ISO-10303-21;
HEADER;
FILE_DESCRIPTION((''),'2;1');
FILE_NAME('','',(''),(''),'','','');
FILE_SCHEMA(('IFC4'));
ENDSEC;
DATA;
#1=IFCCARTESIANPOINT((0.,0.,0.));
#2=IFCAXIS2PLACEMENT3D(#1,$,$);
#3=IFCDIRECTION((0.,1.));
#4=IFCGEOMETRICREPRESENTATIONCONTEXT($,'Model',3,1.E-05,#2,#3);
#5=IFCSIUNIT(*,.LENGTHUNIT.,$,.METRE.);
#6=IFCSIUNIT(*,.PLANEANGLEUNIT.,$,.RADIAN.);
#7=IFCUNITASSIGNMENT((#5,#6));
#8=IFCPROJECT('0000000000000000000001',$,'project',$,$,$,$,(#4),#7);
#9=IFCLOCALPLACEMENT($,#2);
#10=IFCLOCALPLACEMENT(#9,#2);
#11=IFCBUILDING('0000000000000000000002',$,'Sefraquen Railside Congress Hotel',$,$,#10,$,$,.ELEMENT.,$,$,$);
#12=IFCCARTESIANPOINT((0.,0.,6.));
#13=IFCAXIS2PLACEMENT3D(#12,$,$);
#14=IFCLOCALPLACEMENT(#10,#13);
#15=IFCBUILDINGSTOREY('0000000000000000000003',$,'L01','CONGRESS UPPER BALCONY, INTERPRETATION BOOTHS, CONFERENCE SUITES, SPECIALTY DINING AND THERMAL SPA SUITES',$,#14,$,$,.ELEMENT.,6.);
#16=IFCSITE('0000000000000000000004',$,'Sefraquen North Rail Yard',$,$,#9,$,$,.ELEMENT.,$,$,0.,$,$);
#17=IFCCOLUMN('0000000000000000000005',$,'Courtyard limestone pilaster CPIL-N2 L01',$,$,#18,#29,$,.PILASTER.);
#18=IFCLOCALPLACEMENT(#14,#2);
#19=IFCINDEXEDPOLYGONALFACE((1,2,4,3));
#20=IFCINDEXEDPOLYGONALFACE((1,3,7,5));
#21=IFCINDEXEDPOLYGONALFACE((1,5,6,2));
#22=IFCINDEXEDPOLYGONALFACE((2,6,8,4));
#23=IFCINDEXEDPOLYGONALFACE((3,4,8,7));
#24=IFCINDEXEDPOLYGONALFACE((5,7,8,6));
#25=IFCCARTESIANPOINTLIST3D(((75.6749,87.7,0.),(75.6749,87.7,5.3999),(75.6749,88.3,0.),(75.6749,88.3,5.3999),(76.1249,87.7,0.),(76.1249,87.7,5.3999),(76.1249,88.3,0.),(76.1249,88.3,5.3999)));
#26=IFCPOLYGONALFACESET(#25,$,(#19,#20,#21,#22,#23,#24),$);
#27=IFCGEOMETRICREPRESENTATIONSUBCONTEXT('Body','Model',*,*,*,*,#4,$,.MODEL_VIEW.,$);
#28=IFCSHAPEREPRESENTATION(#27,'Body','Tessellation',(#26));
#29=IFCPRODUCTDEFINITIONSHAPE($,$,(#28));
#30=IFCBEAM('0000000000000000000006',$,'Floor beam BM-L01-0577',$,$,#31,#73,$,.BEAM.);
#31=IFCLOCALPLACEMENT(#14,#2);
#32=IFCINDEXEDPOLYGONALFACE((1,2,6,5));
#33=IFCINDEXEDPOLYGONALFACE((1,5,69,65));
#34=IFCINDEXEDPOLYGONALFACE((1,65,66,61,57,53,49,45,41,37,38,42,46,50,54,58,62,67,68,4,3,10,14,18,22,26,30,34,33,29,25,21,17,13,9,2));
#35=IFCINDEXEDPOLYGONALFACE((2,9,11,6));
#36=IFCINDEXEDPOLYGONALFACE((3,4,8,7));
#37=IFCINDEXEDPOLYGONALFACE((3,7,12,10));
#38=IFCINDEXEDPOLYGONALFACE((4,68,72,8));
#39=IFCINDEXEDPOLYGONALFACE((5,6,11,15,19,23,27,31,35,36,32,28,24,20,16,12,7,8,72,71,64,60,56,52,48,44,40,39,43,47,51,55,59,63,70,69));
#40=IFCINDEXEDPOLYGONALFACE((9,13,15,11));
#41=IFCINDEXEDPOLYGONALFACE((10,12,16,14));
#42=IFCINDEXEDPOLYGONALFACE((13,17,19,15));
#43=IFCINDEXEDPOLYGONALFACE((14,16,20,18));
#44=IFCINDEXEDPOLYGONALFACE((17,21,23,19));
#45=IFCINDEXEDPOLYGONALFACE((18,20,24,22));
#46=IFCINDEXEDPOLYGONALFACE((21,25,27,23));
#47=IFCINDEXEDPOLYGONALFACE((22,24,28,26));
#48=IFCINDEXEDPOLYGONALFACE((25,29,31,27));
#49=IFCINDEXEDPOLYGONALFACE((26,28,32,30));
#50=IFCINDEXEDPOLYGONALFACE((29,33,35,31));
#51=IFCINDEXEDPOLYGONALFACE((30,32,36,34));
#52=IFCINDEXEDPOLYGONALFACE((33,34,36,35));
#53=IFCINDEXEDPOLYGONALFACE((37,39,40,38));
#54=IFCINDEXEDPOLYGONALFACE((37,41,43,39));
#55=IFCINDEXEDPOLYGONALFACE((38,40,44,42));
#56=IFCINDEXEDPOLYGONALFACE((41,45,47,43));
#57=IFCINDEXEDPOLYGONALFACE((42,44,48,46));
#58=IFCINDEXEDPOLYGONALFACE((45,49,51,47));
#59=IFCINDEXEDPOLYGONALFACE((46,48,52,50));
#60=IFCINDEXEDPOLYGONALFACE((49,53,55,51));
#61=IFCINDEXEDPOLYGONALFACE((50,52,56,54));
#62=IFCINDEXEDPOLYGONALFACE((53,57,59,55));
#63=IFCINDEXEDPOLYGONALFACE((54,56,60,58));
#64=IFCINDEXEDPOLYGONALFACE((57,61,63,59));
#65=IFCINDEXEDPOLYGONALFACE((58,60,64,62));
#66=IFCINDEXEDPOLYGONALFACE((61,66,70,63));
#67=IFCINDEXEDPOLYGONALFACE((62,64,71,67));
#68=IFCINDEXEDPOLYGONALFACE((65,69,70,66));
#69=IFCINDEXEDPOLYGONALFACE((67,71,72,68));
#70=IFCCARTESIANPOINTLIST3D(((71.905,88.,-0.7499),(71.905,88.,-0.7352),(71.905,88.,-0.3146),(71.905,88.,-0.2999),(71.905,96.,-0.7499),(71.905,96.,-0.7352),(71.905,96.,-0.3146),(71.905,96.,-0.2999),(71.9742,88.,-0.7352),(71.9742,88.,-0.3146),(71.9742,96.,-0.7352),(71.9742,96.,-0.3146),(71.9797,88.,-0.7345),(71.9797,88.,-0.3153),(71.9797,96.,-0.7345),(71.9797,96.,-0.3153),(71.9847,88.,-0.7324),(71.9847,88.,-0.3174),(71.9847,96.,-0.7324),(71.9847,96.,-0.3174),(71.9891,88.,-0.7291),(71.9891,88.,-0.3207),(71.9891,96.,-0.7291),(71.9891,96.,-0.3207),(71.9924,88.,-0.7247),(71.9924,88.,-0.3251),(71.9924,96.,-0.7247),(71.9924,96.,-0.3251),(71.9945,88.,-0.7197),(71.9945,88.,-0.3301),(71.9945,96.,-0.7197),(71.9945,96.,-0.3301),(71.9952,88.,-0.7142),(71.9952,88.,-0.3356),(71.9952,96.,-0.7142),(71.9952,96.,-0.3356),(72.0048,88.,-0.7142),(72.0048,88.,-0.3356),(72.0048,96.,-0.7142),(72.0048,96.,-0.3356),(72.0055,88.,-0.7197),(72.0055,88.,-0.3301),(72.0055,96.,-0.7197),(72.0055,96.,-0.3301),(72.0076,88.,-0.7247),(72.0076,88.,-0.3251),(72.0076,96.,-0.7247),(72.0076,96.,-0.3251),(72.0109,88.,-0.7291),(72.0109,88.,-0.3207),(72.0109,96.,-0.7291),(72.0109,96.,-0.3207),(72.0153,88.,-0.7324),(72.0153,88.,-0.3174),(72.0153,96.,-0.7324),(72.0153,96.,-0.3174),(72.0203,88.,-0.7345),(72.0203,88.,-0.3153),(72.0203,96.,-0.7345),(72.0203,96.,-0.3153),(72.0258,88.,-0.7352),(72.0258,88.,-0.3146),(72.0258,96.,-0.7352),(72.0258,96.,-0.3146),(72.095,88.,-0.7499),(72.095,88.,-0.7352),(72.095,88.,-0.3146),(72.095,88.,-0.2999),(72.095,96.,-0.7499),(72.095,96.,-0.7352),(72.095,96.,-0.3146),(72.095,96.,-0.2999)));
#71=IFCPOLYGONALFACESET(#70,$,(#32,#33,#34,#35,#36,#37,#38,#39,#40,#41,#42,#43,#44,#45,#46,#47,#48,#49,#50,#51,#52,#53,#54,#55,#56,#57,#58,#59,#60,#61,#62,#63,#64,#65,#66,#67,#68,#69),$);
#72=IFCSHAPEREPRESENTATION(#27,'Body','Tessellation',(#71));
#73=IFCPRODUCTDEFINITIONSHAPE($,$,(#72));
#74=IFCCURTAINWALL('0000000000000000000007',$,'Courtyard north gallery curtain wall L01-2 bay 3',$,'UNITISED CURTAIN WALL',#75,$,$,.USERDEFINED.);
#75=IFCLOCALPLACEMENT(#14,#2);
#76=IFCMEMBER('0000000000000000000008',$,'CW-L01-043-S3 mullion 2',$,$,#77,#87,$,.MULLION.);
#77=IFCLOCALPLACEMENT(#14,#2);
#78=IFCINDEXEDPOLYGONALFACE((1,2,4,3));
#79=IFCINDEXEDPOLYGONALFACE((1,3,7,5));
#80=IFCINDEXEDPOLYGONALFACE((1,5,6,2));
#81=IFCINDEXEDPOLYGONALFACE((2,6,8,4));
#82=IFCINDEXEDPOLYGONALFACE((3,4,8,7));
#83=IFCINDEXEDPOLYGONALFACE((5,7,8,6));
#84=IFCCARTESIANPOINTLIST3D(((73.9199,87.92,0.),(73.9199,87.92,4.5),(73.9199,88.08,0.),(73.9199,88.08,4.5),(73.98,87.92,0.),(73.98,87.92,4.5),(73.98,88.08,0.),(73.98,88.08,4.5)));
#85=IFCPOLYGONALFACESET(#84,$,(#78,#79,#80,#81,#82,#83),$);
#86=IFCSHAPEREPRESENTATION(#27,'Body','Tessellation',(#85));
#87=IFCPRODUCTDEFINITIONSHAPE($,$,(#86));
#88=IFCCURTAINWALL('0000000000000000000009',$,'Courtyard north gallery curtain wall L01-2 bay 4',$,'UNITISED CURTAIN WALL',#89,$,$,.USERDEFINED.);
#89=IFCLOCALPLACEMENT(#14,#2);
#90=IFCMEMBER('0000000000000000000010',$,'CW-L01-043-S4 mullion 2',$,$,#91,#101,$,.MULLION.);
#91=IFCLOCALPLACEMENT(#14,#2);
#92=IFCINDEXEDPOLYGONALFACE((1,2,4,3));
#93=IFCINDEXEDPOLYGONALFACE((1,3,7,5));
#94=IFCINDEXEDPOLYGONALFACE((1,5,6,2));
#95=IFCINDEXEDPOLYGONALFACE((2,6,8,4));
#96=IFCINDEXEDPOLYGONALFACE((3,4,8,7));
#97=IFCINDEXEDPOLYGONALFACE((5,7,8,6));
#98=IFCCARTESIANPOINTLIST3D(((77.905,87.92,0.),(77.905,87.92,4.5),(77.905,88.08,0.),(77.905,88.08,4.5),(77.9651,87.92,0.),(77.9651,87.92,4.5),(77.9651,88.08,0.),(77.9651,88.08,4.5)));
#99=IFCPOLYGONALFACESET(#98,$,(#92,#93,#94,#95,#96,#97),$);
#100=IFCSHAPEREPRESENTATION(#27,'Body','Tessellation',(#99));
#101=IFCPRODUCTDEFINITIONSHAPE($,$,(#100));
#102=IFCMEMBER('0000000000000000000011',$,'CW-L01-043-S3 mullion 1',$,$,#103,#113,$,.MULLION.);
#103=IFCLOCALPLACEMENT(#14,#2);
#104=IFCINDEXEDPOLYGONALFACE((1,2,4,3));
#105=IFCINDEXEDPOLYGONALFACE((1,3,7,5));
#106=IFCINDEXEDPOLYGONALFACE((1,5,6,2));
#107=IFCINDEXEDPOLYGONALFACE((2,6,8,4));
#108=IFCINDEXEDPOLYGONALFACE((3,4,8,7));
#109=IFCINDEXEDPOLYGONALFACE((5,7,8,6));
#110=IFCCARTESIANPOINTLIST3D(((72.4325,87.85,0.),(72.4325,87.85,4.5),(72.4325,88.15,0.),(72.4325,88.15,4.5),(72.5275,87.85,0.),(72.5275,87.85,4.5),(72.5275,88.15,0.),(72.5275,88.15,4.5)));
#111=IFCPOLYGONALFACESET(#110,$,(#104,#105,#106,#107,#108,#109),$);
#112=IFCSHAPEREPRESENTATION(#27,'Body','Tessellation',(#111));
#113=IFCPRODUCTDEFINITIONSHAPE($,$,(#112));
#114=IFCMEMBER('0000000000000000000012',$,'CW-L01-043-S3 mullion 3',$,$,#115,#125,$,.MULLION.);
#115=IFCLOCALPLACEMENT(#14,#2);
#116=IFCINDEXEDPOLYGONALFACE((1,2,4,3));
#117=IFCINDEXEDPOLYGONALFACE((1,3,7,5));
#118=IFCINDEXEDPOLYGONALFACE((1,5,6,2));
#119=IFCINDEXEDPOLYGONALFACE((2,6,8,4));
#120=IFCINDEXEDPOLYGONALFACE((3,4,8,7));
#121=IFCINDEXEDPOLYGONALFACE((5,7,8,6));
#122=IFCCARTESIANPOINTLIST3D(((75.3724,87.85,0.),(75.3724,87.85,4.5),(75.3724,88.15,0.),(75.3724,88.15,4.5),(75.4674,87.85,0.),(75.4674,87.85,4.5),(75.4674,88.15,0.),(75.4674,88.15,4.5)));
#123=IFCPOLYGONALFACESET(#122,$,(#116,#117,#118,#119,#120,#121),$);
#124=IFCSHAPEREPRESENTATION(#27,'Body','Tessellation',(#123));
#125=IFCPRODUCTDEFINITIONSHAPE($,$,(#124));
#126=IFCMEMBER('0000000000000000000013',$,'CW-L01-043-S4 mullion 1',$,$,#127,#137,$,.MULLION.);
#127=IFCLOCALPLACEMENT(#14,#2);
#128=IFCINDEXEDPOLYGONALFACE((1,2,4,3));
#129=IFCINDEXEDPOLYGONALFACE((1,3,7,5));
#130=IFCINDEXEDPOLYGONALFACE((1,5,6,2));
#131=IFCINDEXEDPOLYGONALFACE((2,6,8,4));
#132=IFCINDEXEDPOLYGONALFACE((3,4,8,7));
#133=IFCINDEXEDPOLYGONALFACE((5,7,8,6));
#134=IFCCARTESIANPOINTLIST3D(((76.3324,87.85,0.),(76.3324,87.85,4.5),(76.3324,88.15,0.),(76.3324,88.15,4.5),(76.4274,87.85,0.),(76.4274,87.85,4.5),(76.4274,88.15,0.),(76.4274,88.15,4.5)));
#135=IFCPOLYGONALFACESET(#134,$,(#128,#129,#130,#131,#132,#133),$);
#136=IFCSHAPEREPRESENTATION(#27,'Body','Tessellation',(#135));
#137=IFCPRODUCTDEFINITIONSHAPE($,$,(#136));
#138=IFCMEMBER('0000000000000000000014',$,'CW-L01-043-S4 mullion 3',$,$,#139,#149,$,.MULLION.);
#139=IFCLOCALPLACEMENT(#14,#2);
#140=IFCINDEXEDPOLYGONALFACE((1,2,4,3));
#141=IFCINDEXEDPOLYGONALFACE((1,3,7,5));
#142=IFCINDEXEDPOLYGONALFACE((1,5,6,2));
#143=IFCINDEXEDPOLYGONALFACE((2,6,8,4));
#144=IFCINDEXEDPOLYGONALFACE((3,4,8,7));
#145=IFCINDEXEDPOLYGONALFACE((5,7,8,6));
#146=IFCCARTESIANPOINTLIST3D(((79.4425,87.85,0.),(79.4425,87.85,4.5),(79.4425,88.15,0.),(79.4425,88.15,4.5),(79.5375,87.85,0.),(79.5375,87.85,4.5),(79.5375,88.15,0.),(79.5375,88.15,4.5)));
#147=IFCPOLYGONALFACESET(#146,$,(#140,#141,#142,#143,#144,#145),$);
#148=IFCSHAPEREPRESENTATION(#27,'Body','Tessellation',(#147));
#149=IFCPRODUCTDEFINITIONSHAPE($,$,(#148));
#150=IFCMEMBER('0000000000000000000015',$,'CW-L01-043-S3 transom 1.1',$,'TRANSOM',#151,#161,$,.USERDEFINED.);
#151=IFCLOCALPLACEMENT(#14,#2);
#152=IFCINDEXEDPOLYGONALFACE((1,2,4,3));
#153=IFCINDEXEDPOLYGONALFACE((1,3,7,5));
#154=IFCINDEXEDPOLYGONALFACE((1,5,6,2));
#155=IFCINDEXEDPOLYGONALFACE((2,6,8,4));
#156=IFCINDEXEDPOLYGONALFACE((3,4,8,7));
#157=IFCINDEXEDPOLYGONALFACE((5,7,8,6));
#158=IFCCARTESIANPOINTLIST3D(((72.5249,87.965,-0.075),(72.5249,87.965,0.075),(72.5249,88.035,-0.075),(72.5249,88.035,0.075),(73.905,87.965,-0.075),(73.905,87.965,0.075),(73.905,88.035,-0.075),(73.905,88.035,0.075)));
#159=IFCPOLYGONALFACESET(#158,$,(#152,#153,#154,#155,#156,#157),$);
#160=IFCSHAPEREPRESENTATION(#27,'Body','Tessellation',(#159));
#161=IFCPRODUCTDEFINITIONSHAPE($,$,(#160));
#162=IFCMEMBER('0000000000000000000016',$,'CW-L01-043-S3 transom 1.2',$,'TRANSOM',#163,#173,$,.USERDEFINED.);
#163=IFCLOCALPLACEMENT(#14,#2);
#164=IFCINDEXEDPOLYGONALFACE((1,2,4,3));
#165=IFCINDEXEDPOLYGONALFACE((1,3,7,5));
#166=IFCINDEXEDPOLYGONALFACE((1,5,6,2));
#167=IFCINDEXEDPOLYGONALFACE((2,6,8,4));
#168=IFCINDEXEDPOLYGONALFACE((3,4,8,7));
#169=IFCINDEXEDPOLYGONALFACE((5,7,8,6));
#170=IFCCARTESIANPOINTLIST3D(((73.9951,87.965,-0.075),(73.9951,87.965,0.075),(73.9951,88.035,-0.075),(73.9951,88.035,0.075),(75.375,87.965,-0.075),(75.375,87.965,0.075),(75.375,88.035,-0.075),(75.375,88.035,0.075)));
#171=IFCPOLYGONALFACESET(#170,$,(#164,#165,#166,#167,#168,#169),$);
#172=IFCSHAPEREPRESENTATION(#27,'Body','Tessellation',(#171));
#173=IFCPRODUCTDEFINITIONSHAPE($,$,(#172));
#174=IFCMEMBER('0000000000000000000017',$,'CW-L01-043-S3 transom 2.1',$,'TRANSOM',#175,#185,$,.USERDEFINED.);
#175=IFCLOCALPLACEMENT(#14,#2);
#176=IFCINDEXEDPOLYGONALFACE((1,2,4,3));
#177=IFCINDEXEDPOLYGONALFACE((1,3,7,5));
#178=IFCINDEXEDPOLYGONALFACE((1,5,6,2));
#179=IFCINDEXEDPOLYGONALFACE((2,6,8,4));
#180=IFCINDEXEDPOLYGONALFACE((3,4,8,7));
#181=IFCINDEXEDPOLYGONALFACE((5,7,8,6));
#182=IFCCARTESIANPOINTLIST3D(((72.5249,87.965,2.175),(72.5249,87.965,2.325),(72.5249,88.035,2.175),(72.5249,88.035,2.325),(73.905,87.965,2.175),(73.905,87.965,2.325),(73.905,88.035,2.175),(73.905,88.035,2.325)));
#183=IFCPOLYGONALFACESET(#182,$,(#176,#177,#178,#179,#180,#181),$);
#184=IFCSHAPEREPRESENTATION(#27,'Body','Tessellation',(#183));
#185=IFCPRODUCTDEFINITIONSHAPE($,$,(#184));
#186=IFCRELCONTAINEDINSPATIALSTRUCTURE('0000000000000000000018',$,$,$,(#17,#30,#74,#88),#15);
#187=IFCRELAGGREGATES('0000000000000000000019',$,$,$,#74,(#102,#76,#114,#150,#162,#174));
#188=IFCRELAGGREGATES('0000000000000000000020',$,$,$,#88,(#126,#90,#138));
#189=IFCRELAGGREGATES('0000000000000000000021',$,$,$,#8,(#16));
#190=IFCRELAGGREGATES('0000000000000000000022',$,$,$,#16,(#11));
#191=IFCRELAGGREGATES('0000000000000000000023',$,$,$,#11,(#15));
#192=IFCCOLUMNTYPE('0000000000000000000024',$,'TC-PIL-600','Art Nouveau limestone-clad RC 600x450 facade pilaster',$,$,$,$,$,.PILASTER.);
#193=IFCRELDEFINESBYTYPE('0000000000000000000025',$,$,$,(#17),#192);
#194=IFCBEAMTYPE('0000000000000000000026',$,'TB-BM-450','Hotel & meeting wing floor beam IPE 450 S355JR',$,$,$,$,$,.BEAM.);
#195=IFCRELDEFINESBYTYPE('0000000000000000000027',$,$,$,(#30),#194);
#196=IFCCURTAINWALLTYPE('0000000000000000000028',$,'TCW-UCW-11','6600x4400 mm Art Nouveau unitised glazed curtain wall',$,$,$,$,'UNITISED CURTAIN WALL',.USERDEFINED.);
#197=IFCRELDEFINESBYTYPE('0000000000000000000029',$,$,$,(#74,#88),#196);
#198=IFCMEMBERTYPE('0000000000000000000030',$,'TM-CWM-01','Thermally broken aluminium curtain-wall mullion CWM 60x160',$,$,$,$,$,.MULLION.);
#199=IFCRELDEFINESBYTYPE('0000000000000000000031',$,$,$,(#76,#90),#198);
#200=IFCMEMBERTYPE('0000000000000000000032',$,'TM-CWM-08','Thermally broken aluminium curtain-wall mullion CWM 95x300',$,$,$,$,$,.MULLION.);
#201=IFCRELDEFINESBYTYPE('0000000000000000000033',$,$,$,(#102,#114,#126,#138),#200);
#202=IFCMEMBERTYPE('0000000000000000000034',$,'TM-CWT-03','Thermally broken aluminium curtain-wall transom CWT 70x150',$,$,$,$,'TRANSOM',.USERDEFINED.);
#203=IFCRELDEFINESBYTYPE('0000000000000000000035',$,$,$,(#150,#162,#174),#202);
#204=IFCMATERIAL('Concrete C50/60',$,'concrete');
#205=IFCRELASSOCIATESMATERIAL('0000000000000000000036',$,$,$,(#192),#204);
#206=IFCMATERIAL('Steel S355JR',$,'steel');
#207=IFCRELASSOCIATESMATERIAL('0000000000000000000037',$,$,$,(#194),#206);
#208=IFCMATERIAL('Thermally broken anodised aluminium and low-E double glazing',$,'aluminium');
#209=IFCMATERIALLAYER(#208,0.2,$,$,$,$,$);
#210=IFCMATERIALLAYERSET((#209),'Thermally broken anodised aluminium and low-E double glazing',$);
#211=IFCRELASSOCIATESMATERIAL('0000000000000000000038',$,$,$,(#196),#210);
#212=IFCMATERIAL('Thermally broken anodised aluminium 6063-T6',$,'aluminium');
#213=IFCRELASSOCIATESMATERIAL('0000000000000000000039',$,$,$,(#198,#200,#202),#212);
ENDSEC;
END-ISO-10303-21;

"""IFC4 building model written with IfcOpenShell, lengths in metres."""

from ifc_helpers import new_model, si_unit, direction, frame, origin, origin_2d, place, context, subcontext, project, spatial, rectangle, i_section, extrude, material, layer, layer_set, material_profile, profile_set, type_object, element, aggregate, save


model = new_model("IFC4")

# Units and contexts
model_context = context("Model", 3, precision=1e-05, world=origin(), true_north=direction((0.0, 1.0)))
body_context = subcontext(model_context, "Body", "Model", "MODEL_VIEW")
ifc_project = project(units=[si_unit("LENGTHUNIT", "METRE"), si_unit("PLANEANGLEUNIT", "RADIAN")], contexts=[model_context])

# Site, building, storey
site_placement = place(None, origin())
site = spatial("IfcSite", under=ifc_project, at=site_placement, Name="Sefraquen North Rail Yard", CompositionType="ELEMENT", RefElevation=0.0)
building_placement = place(site_placement, origin())
building = spatial("IfcBuilding", under=site, at=building_placement, Name="Sefraquen Railside Congress Hotel", CompositionType="ELEMENT")
storey_placement = place(building_placement, frame((0.0, 0.0, 6.0)))
storey = spatial("IfcBuildingStorey", under=building, at=storey_placement, Name="L01", Description="CONGRESS UPPER BALCONY, INTERPRETATION BOOTHS, CONFERENCE SUITES, SPECIALTY DINING AND THERMAL SPA SUITES", CompositionType="ELEMENT", Elevation=6.0)

# Column
ifc_material_1 = material(Name="Concrete C50/60", Category="concrete")
ifc_material_profile_1 = material_profile(ifc_material_1, rectangle(XDim=0.45, YDim=0.6001, at=origin_2d()), Name="RC 600x450")
ifc_profile_set_1 = profile_set([ifc_material_profile_1], Name="Concrete C50/60")
column_type = type_object("IfcColumnType", Name="TC-PIL-600", Description="Art Nouveau limestone-clad RC 600x450 facade pilaster", PredefinedType="PILASTER", material=ifc_profile_set_1)
column_placement = place(storey_placement, frame((75.8999, 88.0, 0.0), z_axis=(0.0, 0.0, 1.0), x_axis=(1.0, 0.0, 0.0)))
element("IfcColumn", 1, at=column_placement, inside=storey, type_object=column_type, Name="Courtyard limestone pilaster CPIL-N2 L01", PredefinedType="PILASTER", context=body_context, shape_type="SweptSolid", body=[
    extrude(rectangle(XDim=0.45, YDim=0.6001, at=origin_2d()), origin(), (0.0, 0.0, 1.0), 5.3999),
])

# Beam
ifc_material_2 = material(Name="Steel S355JR", Category="steel")
ifc_material_profile_2 = material_profile(ifc_material_2, i_section(OverallWidth=0.1899, OverallDepth=0.45, WebThickness=0.0095, FlangeThickness=0.0146, FilletRadius=0.021, at=origin_2d()), Name="IPE 450")
ifc_profile_set_2 = profile_set([ifc_material_profile_2], Name="Steel S355JR")
beam_type = type_object("IfcBeamType", Name="TB-BM-450", Description="Hotel & meeting wing floor beam IPE 450 S355JR", PredefinedType="BEAM", material=ifc_profile_set_2)
beam_placement = place(storey_placement, frame((72.0, 88.0, -0.5249), z_axis=(0.0, 1.0, 0.0), x_axis=(-1.0, 0.0, 0.0)))
element("IfcBeam", 2, at=beam_placement, inside=storey, type_object=beam_type, Name="Floor beam BM-L01-0577", PredefinedType="BEAM", context=body_context, shape_type="SweptSolid", body=[
    extrude(i_section(OverallWidth=0.1899, OverallDepth=0.45, WebThickness=0.0095, FlangeThickness=0.0146, FilletRadius=0.021, at=origin_2d()), origin(), (0.0, 0.0, 1.0), 8.0),
])

# Curtain walls, members
ifc_material_3 = material(Name="Thermally broken anodised aluminium and low-E double glazing", Category="aluminium")
ifc_layer_1 = layer(ifc_material_3, 0.2)
ifc_layer_set_1 = layer_set([ifc_layer_1], Name="Thermally broken anodised aluminium and low-E double glazing")
curtain_wall_type = type_object("IfcCurtainWallType", Name="TCW-UCW-11", Description="6600x4400 mm Art Nouveau unitised glazed curtain wall", ElementType="UNITISED CURTAIN WALL", PredefinedType="USERDEFINED", material=ifc_layer_set_1)
curtain_wall_1_placement = place(storey_placement, origin())
curtain_wall_1 = element("IfcCurtainWall", 3, at=curtain_wall_1_placement, inside=storey, type_object=curtain_wall_type, Name="Courtyard north gallery curtain wall L01-2 bay 3", ObjectType="UNITISED CURTAIN WALL", PredefinedType="USERDEFINED")
ifc_material_4 = material(Name="Thermally broken anodised aluminium 6063-T6", Category="aluminium")
ifc_material_profile_3 = material_profile(ifc_material_4, rectangle(XDim=0.0601, YDim=0.1599, at=origin_2d()), Name="CWM 60x160")
ifc_profile_set_3 = profile_set([ifc_material_profile_3], Name="Thermally broken anodised aluminium 6063-T6")
member_type_1 = type_object("IfcMemberType", Name="TM-CWM-01", Description="Thermally broken aluminium curtain-wall mullion CWM 60x160", PredefinedType="MULLION", material=ifc_profile_set_3)
member_1_placement = place(storey_placement, frame((73.95, 88.0, 0.0), z_axis=(0.0, 0.0, 1.0), x_axis=(1.0, 0.0, 0.0)))
member_1 = element("IfcMember", 4, at=member_1_placement, type_object=member_type_1, Name="CW-L01-043-S3 mullion 2", PredefinedType="MULLION", context=body_context, shape_type="SweptSolid", body=[
    extrude(rectangle(XDim=0.0601, YDim=0.1599, at=origin_2d()), origin(), (0.0, 0.0, 1.0), 4.5),
])
curtain_wall_2_placement = place(storey_placement, origin())
curtain_wall_2 = element("IfcCurtainWall", 5, at=curtain_wall_2_placement, inside=storey, type_object=curtain_wall_type, Name="Courtyard north gallery curtain wall L01-2 bay 4", ObjectType="UNITISED CURTAIN WALL", PredefinedType="USERDEFINED")
member_2_placement = place(storey_placement, frame((77.9351, 88.0, 0.0), z_axis=(0.0, 0.0, 1.0), x_axis=(1.0, 0.0, 0.0)))
member_2 = element("IfcMember", 6, at=member_2_placement, type_object=member_type_1, Name="CW-L01-043-S4 mullion 2", PredefinedType="MULLION", context=body_context, shape_type="SweptSolid", body=[
    extrude(rectangle(XDim=0.0601, YDim=0.1599, at=origin_2d()), origin(), (0.0, 0.0, 1.0), 4.5),
])

# Members
ifc_material_profile_4 = material_profile(ifc_material_4, rectangle(XDim=0.095, YDim=0.3, at=origin_2d()), Name="CWM 95x300")
ifc_profile_set_4 = profile_set([ifc_material_profile_4], Name="Thermally broken anodised aluminium 6063-T6")
member_type_2 = type_object("IfcMemberType", Name="TM-CWM-08", Description="Thermally broken aluminium curtain-wall mullion CWM 95x300", PredefinedType="MULLION", material=ifc_profile_set_4)
member_3_placement = place(storey_placement, frame((72.48, 88.0, 0.0), z_axis=(0.0, 0.0, 1.0), x_axis=(1.0, 0.0, 0.0)))
member_3 = element("IfcMember", 7, at=member_3_placement, type_object=member_type_2, Name="CW-L01-043-S3 mullion 1", PredefinedType="MULLION", context=body_context, shape_type="SweptSolid", body=[
    extrude(rectangle(XDim=0.095, YDim=0.3, at=origin_2d()), origin(), (0.0, 0.0, 1.0), 4.5),
])
member_4_placement = place(storey_placement, frame((75.4199, 88.0, 0.0), z_axis=(0.0, 0.0, 1.0), x_axis=(1.0, 0.0, 0.0)))
member_4 = element("IfcMember", 8, at=member_4_placement, type_object=member_type_2, Name="CW-L01-043-S3 mullion 3", PredefinedType="MULLION", context=body_context, shape_type="SweptSolid", body=[
    extrude(rectangle(XDim=0.095, YDim=0.3, at=origin_2d()), origin(), (0.0, 0.0, 1.0), 4.5),
])
member_5_placement = place(storey_placement, frame((76.3799, 88.0, 0.0), z_axis=(0.0, 0.0, 1.0), x_axis=(1.0, 0.0, 0.0)))
member_5 = element("IfcMember", 9, at=member_5_placement, type_object=member_type_2, Name="CW-L01-043-S4 mullion 1", PredefinedType="MULLION", context=body_context, shape_type="SweptSolid", body=[
    extrude(rectangle(XDim=0.095, YDim=0.3, at=origin_2d()), origin(), (0.0, 0.0, 1.0), 4.5),
])
member_6_placement = place(storey_placement, frame((79.49, 88.0, 0.0), z_axis=(0.0, 0.0, 1.0), x_axis=(1.0, 0.0, 0.0)))
member_6 = element("IfcMember", 10, at=member_6_placement, type_object=member_type_2, Name="CW-L01-043-S4 mullion 3", PredefinedType="MULLION", context=body_context, shape_type="SweptSolid", body=[
    extrude(rectangle(XDim=0.095, YDim=0.3, at=origin_2d()), origin(), (0.0, 0.0, 1.0), 4.5),
])
ifc_material_profile_5 = material_profile(ifc_material_4, rectangle(XDim=0.0701, YDim=0.1499, at=origin_2d()), Name="CWT 70x150")
ifc_profile_set_5 = profile_set([ifc_material_profile_5], Name="Thermally broken anodised aluminium 6063-T6")
member_type_3 = type_object("IfcMemberType", Name="TM-CWT-03", Description="Thermally broken aluminium curtain-wall transom CWT 70x150", ElementType="TRANSOM", PredefinedType="USERDEFINED", material=ifc_profile_set_5)
member_7_placement = place(storey_placement, frame((72.5249, 88.0, 0.0), z_axis=(1.0, 0.0, 0.0), x_axis=(0.0, 1.0, 0.0)))
member_7 = element("IfcMember", 11, at=member_7_placement, type_object=member_type_3, Name="CW-L01-043-S3 transom 1.1", ObjectType="TRANSOM", PredefinedType="USERDEFINED", context=body_context, shape_type="SweptSolid", body=[
    extrude(rectangle(XDim=0.0701, YDim=0.1499, at=origin_2d()), origin(), (0.0, 0.0, 1.0), 1.3801),
])
member_8_placement = place(storey_placement, frame((73.9951, 88.0, 0.0), z_axis=(1.0, 0.0, 0.0), x_axis=(0.0, 1.0, 0.0)))
member_8 = element("IfcMember", 12, at=member_8_placement, type_object=member_type_3, Name="CW-L01-043-S3 transom 1.2", ObjectType="TRANSOM", PredefinedType="USERDEFINED", context=body_context, shape_type="SweptSolid", body=[
    extrude(rectangle(XDim=0.0701, YDim=0.1499, at=origin_2d()), origin(), (0.0, 0.0, 1.0), 1.3799),
])
member_9_placement = place(storey_placement, frame((72.5249, 88.0, 2.25), z_axis=(1.0, 0.0, 0.0), x_axis=(0.0, 1.0, 0.0)))
member_9 = element("IfcMember", 13, at=member_9_placement, type_object=member_type_3, Name="CW-L01-043-S3 transom 2.1", ObjectType="TRANSOM", PredefinedType="USERDEFINED", context=body_context, shape_type="SweptSolid", body=[
    extrude(rectangle(XDim=0.0701, YDim=0.1499, at=origin_2d()), origin(), (0.0, 0.0, 1.0), 1.3801),
])

aggregate(curtain_wall_1, [member_3, member_1, member_4, member_7, member_8, member_9])
aggregate(curtain_wall_2, [member_5, member_2, member_6])

save(model, "model.ifc")
